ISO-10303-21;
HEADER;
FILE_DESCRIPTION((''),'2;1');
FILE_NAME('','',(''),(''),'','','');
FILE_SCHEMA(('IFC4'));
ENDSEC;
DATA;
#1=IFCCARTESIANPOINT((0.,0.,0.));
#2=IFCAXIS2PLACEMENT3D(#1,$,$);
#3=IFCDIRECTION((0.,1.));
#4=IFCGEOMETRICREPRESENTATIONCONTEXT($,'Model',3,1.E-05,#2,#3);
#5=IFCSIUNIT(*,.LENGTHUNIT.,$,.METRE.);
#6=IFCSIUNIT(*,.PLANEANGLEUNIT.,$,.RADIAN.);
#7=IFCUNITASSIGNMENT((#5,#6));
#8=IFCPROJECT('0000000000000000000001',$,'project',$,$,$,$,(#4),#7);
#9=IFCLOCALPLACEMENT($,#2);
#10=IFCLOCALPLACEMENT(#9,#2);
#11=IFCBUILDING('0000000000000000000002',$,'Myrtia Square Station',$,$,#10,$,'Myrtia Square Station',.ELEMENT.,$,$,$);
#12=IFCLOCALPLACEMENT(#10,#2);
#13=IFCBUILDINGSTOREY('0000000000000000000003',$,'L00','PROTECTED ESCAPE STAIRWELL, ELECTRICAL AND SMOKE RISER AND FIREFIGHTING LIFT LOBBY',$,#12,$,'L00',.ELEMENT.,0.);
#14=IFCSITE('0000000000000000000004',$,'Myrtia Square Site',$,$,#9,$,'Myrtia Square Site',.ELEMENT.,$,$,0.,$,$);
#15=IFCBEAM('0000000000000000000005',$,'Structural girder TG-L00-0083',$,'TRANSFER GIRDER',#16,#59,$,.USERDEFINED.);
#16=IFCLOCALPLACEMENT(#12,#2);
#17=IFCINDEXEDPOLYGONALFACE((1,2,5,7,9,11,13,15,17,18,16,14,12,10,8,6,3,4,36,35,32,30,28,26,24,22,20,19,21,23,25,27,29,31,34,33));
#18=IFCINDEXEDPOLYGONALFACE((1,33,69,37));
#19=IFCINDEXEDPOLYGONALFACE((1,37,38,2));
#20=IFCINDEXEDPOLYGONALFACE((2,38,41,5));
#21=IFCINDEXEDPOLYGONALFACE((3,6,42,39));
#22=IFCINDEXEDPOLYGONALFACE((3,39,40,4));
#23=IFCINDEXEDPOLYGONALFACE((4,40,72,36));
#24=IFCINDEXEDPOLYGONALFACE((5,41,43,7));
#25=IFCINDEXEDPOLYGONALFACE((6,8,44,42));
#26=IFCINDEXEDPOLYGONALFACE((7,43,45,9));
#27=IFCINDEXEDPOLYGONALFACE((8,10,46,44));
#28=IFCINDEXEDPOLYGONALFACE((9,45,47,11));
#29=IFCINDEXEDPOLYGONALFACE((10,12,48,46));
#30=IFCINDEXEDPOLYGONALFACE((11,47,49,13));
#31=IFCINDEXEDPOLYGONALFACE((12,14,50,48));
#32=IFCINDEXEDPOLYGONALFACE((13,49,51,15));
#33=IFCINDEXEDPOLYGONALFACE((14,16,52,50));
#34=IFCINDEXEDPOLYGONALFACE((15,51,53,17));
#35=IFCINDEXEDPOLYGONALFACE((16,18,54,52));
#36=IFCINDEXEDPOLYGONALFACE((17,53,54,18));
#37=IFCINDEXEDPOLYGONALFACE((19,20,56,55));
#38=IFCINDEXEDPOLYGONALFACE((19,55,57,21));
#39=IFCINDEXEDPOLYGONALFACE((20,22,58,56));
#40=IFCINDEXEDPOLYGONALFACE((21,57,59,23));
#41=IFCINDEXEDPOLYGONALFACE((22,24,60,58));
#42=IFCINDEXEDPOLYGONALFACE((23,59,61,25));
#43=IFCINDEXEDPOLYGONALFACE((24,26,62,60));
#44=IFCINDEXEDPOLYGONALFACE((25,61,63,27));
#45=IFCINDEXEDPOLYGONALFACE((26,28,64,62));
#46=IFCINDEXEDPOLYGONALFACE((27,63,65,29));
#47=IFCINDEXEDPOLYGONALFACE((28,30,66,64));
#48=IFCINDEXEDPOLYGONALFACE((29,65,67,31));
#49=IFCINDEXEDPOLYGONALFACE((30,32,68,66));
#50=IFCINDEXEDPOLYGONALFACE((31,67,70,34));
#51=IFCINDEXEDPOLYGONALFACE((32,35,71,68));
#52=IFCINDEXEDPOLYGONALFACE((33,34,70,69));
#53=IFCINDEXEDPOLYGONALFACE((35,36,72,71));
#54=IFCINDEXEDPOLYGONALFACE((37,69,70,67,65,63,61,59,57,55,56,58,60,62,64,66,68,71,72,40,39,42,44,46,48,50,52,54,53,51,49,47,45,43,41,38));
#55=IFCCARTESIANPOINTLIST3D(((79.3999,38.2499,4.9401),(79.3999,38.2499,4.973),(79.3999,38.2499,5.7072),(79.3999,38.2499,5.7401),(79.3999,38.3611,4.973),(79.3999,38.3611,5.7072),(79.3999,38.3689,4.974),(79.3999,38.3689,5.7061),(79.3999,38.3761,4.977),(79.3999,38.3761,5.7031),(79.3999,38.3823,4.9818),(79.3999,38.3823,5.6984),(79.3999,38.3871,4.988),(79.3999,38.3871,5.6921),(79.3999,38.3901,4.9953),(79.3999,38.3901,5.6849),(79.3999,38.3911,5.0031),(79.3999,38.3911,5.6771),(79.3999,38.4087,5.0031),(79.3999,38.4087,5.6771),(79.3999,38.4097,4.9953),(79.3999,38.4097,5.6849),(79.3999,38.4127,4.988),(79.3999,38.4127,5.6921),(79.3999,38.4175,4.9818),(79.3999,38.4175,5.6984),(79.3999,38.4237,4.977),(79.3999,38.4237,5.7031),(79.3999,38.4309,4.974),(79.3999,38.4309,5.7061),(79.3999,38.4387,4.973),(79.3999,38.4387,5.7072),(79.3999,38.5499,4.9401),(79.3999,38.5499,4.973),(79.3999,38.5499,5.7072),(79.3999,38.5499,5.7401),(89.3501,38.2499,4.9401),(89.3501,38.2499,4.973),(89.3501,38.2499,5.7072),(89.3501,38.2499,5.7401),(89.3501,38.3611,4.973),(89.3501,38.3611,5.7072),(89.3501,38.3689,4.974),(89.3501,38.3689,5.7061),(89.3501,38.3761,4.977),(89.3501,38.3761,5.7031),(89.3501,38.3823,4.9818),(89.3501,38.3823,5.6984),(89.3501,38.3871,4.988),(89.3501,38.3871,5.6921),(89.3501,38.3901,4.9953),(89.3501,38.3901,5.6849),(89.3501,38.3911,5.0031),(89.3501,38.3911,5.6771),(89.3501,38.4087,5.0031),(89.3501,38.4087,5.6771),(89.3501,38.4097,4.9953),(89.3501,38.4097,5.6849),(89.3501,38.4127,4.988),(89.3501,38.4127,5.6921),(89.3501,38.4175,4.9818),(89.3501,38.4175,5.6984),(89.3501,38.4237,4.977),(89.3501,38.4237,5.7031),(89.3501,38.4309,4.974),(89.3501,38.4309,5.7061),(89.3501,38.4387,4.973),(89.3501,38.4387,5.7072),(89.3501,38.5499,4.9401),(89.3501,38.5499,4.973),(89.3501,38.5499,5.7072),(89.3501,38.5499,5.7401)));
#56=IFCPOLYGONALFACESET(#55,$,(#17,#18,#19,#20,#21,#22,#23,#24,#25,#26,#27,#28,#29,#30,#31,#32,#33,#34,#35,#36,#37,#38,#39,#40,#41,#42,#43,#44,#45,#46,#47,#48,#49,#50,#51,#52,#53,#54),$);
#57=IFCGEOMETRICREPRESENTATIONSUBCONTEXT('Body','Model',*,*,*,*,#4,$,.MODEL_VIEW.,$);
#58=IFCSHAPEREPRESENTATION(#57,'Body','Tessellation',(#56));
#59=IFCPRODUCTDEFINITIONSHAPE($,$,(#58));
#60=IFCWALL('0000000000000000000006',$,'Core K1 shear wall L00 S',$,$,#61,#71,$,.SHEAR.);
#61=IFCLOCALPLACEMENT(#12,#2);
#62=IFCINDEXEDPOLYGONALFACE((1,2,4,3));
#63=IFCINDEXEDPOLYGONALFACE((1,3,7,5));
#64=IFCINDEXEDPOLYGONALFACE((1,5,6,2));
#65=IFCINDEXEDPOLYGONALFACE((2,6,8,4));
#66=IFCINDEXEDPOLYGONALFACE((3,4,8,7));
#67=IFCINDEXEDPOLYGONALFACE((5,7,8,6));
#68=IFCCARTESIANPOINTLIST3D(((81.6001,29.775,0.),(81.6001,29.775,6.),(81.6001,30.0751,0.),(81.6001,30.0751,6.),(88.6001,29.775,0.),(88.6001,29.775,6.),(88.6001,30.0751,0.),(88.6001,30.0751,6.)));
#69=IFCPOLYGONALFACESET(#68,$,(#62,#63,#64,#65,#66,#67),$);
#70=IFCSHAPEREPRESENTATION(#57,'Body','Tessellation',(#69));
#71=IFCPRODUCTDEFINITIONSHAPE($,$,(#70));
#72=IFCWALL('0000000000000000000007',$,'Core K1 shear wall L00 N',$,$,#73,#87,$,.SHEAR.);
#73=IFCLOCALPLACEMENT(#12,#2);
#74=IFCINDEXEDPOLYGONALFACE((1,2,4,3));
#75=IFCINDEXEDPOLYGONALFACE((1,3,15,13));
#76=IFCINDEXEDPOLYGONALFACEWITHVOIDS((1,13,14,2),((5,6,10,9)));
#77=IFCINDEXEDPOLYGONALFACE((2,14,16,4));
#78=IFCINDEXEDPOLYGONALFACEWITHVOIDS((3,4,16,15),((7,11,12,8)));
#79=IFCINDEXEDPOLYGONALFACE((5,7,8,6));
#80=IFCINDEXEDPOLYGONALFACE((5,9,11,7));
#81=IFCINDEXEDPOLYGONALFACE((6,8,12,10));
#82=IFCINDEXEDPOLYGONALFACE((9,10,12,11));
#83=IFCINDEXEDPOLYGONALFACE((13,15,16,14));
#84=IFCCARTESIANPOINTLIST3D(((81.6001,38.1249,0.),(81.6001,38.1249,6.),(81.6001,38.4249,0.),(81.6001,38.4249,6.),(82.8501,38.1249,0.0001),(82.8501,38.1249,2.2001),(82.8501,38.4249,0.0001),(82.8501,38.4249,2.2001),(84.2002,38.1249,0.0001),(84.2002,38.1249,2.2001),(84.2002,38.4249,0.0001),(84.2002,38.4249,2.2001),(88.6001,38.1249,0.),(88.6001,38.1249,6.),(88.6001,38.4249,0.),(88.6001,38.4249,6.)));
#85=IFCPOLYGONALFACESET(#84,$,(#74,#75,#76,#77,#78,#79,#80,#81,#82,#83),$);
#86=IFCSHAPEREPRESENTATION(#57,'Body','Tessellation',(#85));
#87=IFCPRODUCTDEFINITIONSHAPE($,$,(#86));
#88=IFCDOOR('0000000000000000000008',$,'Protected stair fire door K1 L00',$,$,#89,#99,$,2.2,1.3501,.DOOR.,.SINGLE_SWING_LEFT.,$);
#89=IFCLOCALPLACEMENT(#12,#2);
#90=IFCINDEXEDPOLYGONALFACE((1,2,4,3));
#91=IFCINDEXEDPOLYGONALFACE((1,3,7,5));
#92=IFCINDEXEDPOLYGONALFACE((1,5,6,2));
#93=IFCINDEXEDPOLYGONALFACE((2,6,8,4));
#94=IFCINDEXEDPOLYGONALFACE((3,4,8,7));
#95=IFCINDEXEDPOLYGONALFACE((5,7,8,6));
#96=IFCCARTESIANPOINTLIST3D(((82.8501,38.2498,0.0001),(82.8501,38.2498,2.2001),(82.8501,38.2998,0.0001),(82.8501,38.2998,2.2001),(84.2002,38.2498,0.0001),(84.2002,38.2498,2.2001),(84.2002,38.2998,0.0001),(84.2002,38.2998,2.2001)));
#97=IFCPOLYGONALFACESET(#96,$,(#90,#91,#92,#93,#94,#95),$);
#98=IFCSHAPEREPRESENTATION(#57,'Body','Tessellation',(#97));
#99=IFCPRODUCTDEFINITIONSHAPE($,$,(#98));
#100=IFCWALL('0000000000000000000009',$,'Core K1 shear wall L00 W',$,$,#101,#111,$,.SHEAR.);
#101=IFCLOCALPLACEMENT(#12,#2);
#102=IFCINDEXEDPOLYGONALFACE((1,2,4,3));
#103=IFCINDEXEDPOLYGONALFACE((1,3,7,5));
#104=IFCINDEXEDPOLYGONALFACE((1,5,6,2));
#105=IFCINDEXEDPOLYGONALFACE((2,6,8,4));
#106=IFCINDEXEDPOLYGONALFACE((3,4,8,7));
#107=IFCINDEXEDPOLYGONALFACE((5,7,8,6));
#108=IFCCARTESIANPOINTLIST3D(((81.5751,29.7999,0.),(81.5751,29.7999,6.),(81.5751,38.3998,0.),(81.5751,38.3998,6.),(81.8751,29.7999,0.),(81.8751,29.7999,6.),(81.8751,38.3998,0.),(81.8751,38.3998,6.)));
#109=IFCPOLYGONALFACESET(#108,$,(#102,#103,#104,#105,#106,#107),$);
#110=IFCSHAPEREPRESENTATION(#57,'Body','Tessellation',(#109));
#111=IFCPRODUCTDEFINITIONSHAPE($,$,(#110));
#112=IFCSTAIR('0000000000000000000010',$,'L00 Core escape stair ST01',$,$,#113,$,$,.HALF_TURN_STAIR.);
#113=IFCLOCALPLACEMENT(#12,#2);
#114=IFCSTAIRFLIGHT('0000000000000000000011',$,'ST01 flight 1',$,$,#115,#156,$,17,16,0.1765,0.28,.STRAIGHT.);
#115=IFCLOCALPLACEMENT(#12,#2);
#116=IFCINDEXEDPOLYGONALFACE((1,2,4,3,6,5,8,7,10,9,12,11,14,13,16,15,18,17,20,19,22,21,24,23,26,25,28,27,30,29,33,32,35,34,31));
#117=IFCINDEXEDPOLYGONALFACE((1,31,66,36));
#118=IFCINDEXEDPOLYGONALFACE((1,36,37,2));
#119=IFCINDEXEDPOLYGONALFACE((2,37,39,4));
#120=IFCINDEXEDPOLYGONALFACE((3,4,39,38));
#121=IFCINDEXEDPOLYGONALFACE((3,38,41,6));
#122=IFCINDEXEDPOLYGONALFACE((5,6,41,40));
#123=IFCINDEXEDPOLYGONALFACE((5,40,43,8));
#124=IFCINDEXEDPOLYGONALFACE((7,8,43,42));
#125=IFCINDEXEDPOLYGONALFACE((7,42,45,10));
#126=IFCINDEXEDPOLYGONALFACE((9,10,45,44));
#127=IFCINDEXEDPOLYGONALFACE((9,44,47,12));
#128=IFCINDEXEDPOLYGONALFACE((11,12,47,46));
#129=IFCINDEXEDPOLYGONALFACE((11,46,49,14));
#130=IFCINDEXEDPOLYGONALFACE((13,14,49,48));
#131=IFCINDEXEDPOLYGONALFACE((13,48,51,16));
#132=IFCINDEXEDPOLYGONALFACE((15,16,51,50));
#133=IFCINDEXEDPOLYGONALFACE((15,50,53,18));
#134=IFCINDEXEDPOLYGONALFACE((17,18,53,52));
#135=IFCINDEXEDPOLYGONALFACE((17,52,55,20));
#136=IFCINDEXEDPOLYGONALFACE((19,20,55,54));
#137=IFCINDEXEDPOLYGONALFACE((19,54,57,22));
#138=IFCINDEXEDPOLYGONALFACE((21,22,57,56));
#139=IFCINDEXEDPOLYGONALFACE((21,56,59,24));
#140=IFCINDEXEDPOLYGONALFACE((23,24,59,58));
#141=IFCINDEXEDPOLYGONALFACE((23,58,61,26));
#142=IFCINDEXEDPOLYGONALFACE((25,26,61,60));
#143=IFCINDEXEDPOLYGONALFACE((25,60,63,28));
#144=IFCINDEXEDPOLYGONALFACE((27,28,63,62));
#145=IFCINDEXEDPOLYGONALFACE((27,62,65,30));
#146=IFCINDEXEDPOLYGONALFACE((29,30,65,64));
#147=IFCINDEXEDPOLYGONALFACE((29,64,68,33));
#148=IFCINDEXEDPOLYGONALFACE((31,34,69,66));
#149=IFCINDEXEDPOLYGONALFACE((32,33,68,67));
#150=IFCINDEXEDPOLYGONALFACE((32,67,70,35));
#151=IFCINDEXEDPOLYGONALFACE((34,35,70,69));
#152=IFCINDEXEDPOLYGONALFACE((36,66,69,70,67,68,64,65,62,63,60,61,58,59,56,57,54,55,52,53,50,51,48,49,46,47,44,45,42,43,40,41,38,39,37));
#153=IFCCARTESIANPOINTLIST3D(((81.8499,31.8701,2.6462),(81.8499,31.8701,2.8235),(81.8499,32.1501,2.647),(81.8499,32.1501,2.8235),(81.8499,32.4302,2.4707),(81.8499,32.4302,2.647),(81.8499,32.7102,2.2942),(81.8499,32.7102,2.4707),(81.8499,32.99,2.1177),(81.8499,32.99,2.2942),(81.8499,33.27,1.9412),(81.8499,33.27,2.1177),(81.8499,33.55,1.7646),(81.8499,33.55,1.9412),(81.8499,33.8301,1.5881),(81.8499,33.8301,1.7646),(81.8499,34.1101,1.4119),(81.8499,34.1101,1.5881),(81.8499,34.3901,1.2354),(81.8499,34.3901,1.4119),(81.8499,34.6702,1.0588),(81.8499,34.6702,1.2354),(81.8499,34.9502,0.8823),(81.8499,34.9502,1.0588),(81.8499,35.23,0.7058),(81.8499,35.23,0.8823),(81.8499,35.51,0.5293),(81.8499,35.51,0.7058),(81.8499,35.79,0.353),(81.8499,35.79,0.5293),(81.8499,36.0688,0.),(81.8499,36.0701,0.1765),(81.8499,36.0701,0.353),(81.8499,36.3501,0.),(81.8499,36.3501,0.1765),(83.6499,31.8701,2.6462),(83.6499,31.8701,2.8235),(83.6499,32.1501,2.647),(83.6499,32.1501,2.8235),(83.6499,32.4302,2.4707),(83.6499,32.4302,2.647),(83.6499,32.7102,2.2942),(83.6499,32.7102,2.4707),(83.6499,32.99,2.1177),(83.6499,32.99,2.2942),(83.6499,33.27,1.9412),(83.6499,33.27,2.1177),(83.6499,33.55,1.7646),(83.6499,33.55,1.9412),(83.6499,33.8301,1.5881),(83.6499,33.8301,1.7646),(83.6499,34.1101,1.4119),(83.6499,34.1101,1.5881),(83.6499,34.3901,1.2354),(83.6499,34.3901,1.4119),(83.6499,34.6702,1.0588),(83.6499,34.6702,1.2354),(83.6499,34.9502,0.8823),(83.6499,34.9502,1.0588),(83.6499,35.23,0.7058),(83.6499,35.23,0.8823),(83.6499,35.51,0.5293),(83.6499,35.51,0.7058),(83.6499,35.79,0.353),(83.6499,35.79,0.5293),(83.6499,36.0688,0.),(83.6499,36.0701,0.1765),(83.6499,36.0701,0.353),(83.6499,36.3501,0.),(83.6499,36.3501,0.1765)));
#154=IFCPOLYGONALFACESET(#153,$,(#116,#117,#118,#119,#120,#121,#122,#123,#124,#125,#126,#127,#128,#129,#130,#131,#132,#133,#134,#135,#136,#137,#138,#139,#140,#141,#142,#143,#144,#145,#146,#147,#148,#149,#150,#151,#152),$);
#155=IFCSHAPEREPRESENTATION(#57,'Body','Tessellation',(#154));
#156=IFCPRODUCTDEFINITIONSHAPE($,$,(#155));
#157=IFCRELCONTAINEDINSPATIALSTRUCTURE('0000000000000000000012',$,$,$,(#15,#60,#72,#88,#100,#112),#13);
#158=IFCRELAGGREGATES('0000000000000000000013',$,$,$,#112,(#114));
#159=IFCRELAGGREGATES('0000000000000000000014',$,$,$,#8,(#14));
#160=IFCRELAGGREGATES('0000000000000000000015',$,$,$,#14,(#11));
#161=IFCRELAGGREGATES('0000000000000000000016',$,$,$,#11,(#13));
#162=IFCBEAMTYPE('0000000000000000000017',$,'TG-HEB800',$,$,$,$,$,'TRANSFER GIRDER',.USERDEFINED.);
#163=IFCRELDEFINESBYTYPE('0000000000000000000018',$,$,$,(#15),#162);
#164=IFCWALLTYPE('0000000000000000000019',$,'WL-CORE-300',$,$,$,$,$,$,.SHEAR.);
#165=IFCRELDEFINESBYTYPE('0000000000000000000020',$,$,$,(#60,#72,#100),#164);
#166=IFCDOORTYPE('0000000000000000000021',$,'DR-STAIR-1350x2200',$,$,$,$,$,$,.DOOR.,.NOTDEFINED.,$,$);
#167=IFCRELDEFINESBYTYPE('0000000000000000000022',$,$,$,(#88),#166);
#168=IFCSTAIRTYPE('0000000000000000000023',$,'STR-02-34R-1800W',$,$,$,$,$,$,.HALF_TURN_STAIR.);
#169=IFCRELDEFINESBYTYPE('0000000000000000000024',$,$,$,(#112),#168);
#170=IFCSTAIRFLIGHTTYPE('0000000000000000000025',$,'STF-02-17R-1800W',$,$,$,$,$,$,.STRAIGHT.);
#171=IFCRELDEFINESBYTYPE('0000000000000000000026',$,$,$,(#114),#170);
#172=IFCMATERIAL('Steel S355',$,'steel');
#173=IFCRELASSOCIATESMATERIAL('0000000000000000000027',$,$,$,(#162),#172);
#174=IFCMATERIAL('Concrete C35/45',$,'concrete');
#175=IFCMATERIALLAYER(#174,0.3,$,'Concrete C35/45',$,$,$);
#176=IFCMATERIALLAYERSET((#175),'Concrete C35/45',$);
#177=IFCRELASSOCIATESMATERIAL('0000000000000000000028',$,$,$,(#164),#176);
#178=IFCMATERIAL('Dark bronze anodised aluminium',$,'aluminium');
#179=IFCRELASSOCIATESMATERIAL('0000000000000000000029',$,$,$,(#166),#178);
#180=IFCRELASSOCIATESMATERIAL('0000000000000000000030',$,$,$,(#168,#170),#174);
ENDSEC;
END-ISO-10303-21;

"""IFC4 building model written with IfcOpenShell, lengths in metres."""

from ifc_helpers import new_model, si_unit, direction, frame, frame_2d, origin, origin_2d, place, context, subcontext, project, spatial, polyline, rectangle, i_section, outline, extrude, material, layer, layer_set, material_profile, profile_set, type_object, element, fill, aggregate, save


model = new_model("IFC4")

# Units and contexts
model_context = context("Model", 3, precision=1e-05, world=origin(), true_north=direction((0.0, 1.0)))
body_context = subcontext(model_context, "Body", "Model", "MODEL_VIEW")
ifc_project = project(units=[si_unit("LENGTHUNIT", "METRE"), si_unit("PLANEANGLEUNIT", "RADIAN")], contexts=[model_context])

# Site, building, storey
site_placement = place(None, origin())
site = spatial("IfcSite", under=ifc_project, at=site_placement, Name="Myrtia Square Site", LongName="Myrtia Square Site", CompositionType="ELEMENT", RefElevation=0.0)
building_placement = place(site_placement, origin())
building = spatial("IfcBuilding", under=site, at=building_placement, Name="Myrtia Square Station", LongName="Myrtia Square Station", CompositionType="ELEMENT")
storey_placement = place(building_placement, origin())
storey = spatial("IfcBuildingStorey", under=building, at=storey_placement, Name="L00", Description="PROTECTED ESCAPE STAIRWELL, ELECTRICAL AND SMOKE RISER AND FIREFIGHTING LIFT LOBBY", LongName="L00", CompositionType="ELEMENT", Elevation=0.0)

# Shared definitions
ifc_material_1 = material(Name="Steel S355", Category="steel")

# Beam
ifc_material_profile_1 = material_profile(ifc_material_1, i_section(OverallWidth=0.3, OverallDepth=0.8, WebThickness=0.0176, FlangeThickness=0.033, FilletRadius=0.03, at=origin_2d()), Name="HEB 800")
ifc_profile_set_1 = profile_set([ifc_material_profile_1], Name="Steel S355")
beam_type_1 = type_object("IfcBeamType", Name="TG-HEB800", ElementType="TRANSFER GIRDER", PredefinedType="USERDEFINED", material=ifc_profile_set_1)
beam_1_placement = place(storey_placement, frame((79.3999, 38.3999, 5.3401), z_axis=(1.0, 0.0, 0.0), x_axis=(0.0, 1.0, 0.0)))
element("IfcBeam", 1, at=beam_1_placement, inside=storey, type_object=beam_type_1, Name="Structural girder TG-L00-0083", ObjectType="TRANSFER GIRDER", PredefinedType="USERDEFINED", context=body_context, shape_type="SweptSolid", body=[
    extrude(i_section(OverallWidth=0.3, OverallDepth=0.8, WebThickness=0.0176, FlangeThickness=0.033, FilletRadius=0.03, at=origin_2d()), origin(), (0.0, 0.0, 1.0), 9.9502),
])

# Wall
ifc_material_2 = material(Name="Concrete C35/45", Category="concrete")
ifc_layer_1 = layer(ifc_material_2, 0.3, Name="Concrete C35/45")
ifc_layer_set_1 = layer_set([ifc_layer_1], Name="Concrete C35/45")
wall_type_1 = type_object("IfcWallType", Name="WL-CORE-300", PredefinedType="SHEAR", material=ifc_layer_set_1)
wall_1_placement = place(storey_placement, frame((81.6001, 29.925, 0.0), z_axis=(0.0, 0.0, 1.0), x_axis=(1.0, 0.0, 0.0)))
element("IfcWall", 2, at=wall_1_placement, inside=storey, type_object=wall_type_1, Name="Core K1 shear wall L00 S", PredefinedType="SHEAR", context=body_context, shape_type="SweptSolid", body=[
    extrude(rectangle(XDim=7.0, YDim=0.3, at=frame_2d((3.5, 0.0))), origin(), (0.0, 0.0, 1.0), 6.0),
])

# Wall, opening, door
wall_2_placement = place(storey_placement, frame((81.6001, 38.2749, 0.0), z_axis=(0.0, 0.0, 1.0), x_axis=(1.0, 0.0, 0.0)))
wall_2 = element("IfcWall", 3, at=wall_2_placement, inside=storey, type_object=wall_type_1, Name="Core K1 shear wall L00 N", PredefinedType="SHEAR", context=body_context, shape_type="SweptSolid", body=[
    extrude(rectangle(XDim=7.0, YDim=0.3, at=frame_2d((3.5, 0.0))), origin(), (0.0, 0.0, 1.0), 6.0),
])
opening_1_placement = place(wall_2_placement, frame((1.25, 0.0, 0.0)))
opening_1 = element("IfcOpeningElement", 4, at=opening_1_placement, cuts=wall_2, PredefinedType="OPENING", context=body_context, shape_type="SweptSolid", body=[
    extrude(rectangle(XDim=1.3501, YDim=2.2, at=frame_2d((0.675, 1.1001))), frame((0.0, 0.165, 0.0), z_axis=(0.0, -1.0, 0.0), x_axis=(1.0, 0.0, 0.0)), (0.0, 0.0, 1.0), 0.3301),
])
ifc_material_3 = material(Name="Dark bronze anodised aluminium", Category="aluminium")
door_type_1 = type_object("IfcDoorType", Name="DR-STAIR-1350x2200", OperationType="NOTDEFINED", PredefinedType="DOOR", material=ifc_material_3)
door_1_placement = place(opening_1_placement, origin())
door_1 = element("IfcDoor", 5, at=door_1_placement, inside=storey, type_object=door_type_1, Name="Protected stair fire door K1 L00", OperationType="SINGLE_SWING_LEFT", OverallHeight=2.2, OverallWidth=1.3501, PredefinedType="DOOR", context=body_context, shape_type="SweptSolid", body=[
    extrude(rectangle(XDim=1.3501, YDim=2.2, at=frame_2d((0.675, 1.1001))), frame((0.0, 0.0249, 0.0), z_axis=(0.0, -1.0, 0.0), x_axis=(1.0, 0.0, 0.0)), (0.0, 0.0, 1.0), 0.05),
])
fill(opening_1, door_1)

# Wall
wall_3_placement = place(storey_placement, frame((81.7251, 29.8, 0.0), z_axis=(0.0, 0.0, 1.0), x_axis=(0.0, 1.0, 0.0)))
element("IfcWall", 6, at=wall_3_placement, inside=storey, type_object=wall_type_1, Name="Core K1 shear wall L00 W", PredefinedType="SHEAR", context=body_context, shape_type="SweptSolid", body=[
    extrude(rectangle(XDim=8.5999, YDim=0.3, at=frame_2d((4.2998, 0.0))), origin(), (0.0, 0.0, 1.0), 6.0),
])

# Stair, stair flight
stair_type = type_object("IfcStairType", Name="STR-02-34R-1800W", PredefinedType="HALF_TURN_STAIR", material=ifc_material_2)
stair_placement = place(storey_placement, origin())
stair = element("IfcStair", 7, at=stair_placement, inside=storey, type_object=stair_type, Name="L00 Core escape stair ST01", PredefinedType="HALF_TURN_STAIR")
stair_flight_type = type_object("IfcStairFlightType", Name="STF-02-17R-1800W", PredefinedType="STRAIGHT", material=ifc_material_2)
stair_flight_placement = place(storey_placement, frame((82.75, 36.3501, 0.0), z_axis=(0.0, 0.0, 1.0), x_axis=(0.0, -1.0, 0.0)))
stair_flight = element("IfcStairFlight", 8, at=stair_flight_placement, type_object=stair_flight_type, Name="ST01 flight 1", NumberOfRisers=17, NumberOfTreads=16, PredefinedType="STRAIGHT", RiserHeight=0.1765, TreadLength=0.28, context=body_context, shape_type="SweptSolid", body=[
    extrude(outline(polyline([(0.0, 0.0), (0.0, 0.1765), (0.28, 0.1765), (0.28, 0.353), (0.5601, 0.353), (0.5601, 0.5293), (0.8401, 0.5293), (0.8401, 0.7058), (1.1201, 0.7058), (1.1201, 0.8823), (1.3999, 0.8823), (1.3999, 1.0588), (1.6799, 1.0588), (1.6799, 1.2354), (1.96, 1.2354), (1.96, 1.4119), (2.24, 1.4119), (2.24, 1.5881), (2.52, 1.5881), (2.52, 1.7646), (2.8, 1.7646), (2.8, 1.9412), (3.0801, 1.9412), (3.0801, 2.1177), (3.3601, 2.1177), (3.3601, 2.2942), (3.6399, 2.2942), (3.6399, 2.4707), (3.9199, 2.4707), (3.9199, 2.647), (4.2, 2.647), (4.2, 2.8235), (4.48, 2.8235), (4.48, 3.0), (4.48, 2.6462), (0.2812, 0.0), (0.0, 0.0)])), frame((0.0, 0.8999, 0.0), z_axis=(0.0, -1.0, 0.0), x_axis=(1.0, 0.0, 0.0)), (0.0, 0.0, 1.0), 1.8),
])
aggregate(stair, [stair_flight])

save(model, "model.ifc")
